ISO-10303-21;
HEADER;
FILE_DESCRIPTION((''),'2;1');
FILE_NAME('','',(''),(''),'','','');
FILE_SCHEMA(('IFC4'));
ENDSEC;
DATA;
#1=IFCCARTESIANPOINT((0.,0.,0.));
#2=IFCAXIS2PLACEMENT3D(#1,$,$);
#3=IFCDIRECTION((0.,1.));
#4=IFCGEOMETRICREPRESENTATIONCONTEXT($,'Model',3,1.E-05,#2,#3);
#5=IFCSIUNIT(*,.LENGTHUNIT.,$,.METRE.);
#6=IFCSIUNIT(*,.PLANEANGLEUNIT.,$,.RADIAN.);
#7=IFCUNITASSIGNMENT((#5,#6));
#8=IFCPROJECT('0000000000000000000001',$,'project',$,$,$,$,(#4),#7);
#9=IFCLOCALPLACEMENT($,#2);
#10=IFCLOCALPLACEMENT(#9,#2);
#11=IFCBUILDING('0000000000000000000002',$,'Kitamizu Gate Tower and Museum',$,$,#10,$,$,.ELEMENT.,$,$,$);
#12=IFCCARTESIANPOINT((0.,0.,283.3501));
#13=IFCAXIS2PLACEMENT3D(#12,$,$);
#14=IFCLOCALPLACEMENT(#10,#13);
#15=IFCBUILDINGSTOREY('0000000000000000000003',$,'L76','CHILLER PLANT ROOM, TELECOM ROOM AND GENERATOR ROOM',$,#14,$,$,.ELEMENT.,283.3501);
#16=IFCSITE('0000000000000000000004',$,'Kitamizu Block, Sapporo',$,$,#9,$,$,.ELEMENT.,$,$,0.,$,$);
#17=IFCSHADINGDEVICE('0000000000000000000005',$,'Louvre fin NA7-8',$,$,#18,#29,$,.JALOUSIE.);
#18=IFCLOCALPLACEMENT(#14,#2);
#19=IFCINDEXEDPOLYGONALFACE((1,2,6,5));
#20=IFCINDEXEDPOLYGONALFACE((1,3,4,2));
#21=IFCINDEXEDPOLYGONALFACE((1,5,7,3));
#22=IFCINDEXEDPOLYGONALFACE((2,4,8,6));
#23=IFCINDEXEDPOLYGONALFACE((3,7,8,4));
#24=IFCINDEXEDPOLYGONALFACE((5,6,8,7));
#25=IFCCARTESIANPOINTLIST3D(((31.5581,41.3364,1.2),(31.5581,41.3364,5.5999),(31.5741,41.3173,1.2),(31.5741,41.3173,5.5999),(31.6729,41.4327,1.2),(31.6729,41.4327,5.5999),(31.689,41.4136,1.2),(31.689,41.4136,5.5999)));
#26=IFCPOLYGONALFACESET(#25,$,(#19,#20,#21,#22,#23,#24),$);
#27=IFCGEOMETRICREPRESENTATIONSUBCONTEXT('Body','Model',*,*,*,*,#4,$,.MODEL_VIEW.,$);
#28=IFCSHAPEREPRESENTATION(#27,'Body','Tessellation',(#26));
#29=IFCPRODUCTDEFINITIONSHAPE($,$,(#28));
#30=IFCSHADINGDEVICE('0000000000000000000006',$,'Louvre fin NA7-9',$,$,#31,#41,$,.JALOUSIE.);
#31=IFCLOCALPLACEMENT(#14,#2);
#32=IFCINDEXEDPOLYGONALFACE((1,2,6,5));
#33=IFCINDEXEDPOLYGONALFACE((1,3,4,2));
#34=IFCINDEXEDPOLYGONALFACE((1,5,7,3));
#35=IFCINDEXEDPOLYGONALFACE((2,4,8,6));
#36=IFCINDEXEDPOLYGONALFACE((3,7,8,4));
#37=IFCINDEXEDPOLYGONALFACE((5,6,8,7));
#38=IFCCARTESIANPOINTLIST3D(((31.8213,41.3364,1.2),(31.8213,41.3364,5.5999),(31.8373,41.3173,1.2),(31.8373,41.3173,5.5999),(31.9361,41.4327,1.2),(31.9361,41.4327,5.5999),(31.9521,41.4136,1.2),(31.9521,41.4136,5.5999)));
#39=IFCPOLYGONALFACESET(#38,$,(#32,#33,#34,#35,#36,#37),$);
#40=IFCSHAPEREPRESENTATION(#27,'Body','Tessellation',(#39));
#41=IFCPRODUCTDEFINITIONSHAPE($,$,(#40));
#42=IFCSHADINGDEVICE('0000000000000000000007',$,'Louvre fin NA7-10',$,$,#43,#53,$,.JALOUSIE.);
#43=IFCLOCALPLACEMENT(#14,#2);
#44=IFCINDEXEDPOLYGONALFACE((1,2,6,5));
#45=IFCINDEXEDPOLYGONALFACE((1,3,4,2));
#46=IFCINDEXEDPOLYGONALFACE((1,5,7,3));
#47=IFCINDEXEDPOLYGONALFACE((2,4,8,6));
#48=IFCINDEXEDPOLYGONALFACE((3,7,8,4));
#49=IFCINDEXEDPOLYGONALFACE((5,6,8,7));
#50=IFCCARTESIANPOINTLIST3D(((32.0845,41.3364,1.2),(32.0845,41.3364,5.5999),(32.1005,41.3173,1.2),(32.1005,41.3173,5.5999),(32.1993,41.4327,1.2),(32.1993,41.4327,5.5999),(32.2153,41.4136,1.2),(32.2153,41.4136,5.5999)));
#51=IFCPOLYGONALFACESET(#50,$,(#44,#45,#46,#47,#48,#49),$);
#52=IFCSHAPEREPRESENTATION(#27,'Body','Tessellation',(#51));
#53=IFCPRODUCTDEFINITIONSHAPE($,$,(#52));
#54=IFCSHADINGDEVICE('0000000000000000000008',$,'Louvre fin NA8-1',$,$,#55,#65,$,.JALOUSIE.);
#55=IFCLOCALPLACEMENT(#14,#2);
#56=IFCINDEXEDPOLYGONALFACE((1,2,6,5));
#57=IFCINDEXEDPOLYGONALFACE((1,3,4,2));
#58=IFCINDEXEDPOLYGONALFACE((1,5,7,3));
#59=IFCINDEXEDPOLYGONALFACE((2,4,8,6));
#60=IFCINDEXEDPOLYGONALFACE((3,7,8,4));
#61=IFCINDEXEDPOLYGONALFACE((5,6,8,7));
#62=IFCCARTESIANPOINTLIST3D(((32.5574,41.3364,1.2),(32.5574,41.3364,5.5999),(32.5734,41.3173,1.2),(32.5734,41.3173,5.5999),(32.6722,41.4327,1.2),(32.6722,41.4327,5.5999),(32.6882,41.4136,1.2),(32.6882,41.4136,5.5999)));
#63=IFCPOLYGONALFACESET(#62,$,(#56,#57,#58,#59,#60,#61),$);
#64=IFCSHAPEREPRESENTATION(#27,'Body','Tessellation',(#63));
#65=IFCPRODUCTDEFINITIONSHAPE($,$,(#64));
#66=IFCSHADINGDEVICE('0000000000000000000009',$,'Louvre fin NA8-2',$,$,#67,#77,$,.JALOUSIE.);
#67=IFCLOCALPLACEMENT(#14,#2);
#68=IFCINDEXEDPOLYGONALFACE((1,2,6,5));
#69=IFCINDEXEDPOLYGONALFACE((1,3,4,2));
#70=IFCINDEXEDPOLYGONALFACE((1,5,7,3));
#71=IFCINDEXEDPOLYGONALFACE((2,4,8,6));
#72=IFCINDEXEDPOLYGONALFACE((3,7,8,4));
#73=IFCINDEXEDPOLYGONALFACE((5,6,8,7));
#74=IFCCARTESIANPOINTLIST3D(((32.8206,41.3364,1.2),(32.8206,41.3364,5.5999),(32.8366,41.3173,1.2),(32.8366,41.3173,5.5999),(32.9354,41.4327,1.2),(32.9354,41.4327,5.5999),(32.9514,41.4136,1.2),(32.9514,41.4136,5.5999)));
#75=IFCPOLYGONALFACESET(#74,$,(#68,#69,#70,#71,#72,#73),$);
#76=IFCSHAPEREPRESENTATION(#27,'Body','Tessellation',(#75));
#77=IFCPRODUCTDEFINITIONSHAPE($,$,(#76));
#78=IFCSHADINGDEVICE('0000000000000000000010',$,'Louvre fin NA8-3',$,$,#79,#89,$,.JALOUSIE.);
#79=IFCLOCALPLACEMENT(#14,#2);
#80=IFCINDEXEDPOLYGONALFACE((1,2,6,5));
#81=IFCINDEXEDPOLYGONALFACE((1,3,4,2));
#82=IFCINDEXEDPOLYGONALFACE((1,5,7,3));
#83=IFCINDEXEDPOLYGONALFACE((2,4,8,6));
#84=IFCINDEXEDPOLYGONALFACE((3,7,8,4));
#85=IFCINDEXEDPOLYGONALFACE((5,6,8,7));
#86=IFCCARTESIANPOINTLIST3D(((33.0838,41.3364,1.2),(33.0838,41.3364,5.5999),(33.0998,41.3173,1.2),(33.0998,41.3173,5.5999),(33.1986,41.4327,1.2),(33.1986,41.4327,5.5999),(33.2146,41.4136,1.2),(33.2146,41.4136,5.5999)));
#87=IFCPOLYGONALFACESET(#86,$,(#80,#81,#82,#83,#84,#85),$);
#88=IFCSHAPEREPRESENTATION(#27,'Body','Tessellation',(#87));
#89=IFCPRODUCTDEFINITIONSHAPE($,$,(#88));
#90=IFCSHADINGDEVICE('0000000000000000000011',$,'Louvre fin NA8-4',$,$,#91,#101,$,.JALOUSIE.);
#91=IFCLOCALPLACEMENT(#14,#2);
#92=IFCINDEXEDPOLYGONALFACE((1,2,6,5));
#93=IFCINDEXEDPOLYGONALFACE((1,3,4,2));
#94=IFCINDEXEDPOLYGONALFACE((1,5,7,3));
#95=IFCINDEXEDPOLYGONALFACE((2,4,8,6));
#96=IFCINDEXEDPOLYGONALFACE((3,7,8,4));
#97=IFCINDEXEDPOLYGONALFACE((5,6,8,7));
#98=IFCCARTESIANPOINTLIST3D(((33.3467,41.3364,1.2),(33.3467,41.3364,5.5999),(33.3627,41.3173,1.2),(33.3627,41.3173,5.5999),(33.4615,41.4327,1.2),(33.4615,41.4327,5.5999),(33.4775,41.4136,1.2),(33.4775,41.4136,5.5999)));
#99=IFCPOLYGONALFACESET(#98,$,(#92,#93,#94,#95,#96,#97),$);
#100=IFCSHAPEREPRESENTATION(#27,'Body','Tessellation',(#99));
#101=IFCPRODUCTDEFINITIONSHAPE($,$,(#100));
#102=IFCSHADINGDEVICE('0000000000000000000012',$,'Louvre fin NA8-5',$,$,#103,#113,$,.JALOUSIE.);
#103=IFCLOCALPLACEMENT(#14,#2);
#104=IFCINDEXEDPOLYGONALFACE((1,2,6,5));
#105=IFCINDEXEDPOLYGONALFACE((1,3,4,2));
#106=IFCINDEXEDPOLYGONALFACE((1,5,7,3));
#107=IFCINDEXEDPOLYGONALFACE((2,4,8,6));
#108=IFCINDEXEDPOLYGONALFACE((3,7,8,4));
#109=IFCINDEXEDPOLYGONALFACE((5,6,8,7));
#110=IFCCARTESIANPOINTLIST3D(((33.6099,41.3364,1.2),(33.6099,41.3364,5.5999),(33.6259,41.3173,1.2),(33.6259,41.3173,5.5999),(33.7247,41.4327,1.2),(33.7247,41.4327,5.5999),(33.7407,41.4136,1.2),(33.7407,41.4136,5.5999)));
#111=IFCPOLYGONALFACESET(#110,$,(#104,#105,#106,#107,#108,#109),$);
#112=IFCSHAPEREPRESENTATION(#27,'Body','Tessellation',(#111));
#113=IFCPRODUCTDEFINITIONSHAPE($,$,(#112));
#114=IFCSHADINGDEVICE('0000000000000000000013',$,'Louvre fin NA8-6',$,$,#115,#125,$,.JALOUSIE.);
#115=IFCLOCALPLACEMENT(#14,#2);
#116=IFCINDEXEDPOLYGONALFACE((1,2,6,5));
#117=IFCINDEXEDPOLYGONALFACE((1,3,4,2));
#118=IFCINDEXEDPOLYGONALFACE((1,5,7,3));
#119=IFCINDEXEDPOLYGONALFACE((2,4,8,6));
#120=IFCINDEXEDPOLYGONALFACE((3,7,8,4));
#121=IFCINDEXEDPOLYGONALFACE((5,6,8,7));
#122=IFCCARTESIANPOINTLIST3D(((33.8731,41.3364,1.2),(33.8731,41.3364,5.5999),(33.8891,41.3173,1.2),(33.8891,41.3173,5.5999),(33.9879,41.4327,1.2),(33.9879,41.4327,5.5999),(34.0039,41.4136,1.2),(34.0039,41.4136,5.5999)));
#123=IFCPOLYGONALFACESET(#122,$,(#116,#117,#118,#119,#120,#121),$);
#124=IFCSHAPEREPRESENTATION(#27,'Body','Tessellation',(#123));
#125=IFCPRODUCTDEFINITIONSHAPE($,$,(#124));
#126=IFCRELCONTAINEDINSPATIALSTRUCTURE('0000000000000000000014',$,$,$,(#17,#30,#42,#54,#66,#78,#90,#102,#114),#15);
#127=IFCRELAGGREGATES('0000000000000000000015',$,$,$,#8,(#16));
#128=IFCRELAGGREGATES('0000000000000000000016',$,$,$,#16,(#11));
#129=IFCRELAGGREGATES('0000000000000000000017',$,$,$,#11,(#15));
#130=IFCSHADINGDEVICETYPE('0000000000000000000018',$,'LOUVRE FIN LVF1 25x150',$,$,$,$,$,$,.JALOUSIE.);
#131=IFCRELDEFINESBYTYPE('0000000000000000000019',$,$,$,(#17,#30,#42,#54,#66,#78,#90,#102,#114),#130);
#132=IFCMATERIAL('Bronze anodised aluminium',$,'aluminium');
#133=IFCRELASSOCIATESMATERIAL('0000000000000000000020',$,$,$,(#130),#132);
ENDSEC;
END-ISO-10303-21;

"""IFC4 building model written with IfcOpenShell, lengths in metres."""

from ifc_helpers import new_model, si_unit, direction, frame, origin, origin_2d, place, context, subcontext, project, spatial, rectangle, extrude, material, material_profile, profile_set, type_object, element, save


model = new_model("IFC4")

# Units and contexts
model_context = context("Model", 3, precision=1e-05, world=origin(), true_north=direction((0.0, 1.0)))
body_context = subcontext(model_context, "Body", "Model", "MODEL_VIEW")
ifc_project = project(units=[si_unit("LENGTHUNIT", "METRE"), si_unit("PLANEANGLEUNIT", "RADIAN")], contexts=[model_context])

# Site, building, storey
site_placement = place(None, origin())
site = spatial("IfcSite", under=ifc_project, at=site_placement, Name="Kitamizu Block, Sapporo", CompositionType="ELEMENT", RefElevation=0.0)
building_placement = place(site_placement, origin())
building = spatial("IfcBuilding", under=site, at=building_placement, Name="Kitamizu Gate Tower and Museum", CompositionType="ELEMENT")
storey_placement = place(building_placement, frame((0.0, 0.0, 283.3501)))
storey = spatial("IfcBuildingStorey", under=building, at=storey_placement, Name="L76", Description="CHILLER PLANT ROOM, TELECOM ROOM AND GENERATOR ROOM", CompositionType="ELEMENT", Elevation=283.3501)

# Shading devices
ifc_material_1 = material(Name="Bronze anodised aluminium", Category="aluminium")
ifc_material_profile_1 = material_profile(ifc_material_1, rectangle(XDim=0.1499, YDim=0.0249, at=origin_2d()), Name="AL 25x150")
ifc_profile_set_1 = profile_set([ifc_material_profile_1], Name="Bronze anodised aluminium")
shading_device_type = type_object("IfcShadingDeviceType", Name="LOUVRE FIN LVF1 25x150", PredefinedType="JALOUSIE", material=ifc_profile_set_1)
for number, where, z_axis, x_axis, name in (
    (1, (31.6235, 41.375, 1.2), (0.0, 0.0, 1.0), (0.766044, 0.642788, 0.0), "Louvre fin NA7-8"),
    (2, (31.8867, 41.375, 1.2), (0.0, 0.0, 1.0), (0.766044, 0.642788, 0.0), "Louvre fin NA7-9"),
    (3, (32.1499, 41.375, 1.2), (0.0, 0.0, 1.0), (0.766044, 0.642788, 0.0), "Louvre fin NA7-10"),
    (4, (32.6228, 41.375, 1.2), (0.0, 0.0, 1.0), (0.766044, 0.642788, 0.0), "Louvre fin NA8-1"),
    (5, (32.886, 41.375, 1.2), (0.0, 0.0, 1.0), (0.766044, 0.642788, 0.0), "Louvre fin NA8-2"),
    (6, (33.1492, 41.375, 1.2), (0.0, 0.0, 1.0), (0.766044, 0.642788, 0.0), "Louvre fin NA8-3"),
    (7, (33.4121, 41.375, 1.2), (0.0, 0.0, 1.0), (0.766044, 0.642788, 0.0), "Louvre fin NA8-4"),
    (8, (33.6753, 41.375, 1.2), (0.0, 0.0, 1.0), (0.766044, 0.642788, 0.0), "Louvre fin NA8-5"),
    (9, (33.9385, 41.375, 1.2), (0.0, 0.0, 1.0), (0.766044, 0.642788, 0.0), "Louvre fin NA8-6"),
):
    element("IfcShadingDevice", number, at=place(storey_placement, frame(where, z_axis=z_axis, x_axis=x_axis)), inside=storey, type_object=shading_device_type, Name=name, PredefinedType="JALOUSIE", context=body_context, shape_type="SweptSolid", body=[
        extrude(rectangle(XDim=0.1499, YDim=0.0249, at=origin_2d()), origin(), (0.0, 0.0, 1.0), 4.3999),
    ])

save(model, "model.ifc")
